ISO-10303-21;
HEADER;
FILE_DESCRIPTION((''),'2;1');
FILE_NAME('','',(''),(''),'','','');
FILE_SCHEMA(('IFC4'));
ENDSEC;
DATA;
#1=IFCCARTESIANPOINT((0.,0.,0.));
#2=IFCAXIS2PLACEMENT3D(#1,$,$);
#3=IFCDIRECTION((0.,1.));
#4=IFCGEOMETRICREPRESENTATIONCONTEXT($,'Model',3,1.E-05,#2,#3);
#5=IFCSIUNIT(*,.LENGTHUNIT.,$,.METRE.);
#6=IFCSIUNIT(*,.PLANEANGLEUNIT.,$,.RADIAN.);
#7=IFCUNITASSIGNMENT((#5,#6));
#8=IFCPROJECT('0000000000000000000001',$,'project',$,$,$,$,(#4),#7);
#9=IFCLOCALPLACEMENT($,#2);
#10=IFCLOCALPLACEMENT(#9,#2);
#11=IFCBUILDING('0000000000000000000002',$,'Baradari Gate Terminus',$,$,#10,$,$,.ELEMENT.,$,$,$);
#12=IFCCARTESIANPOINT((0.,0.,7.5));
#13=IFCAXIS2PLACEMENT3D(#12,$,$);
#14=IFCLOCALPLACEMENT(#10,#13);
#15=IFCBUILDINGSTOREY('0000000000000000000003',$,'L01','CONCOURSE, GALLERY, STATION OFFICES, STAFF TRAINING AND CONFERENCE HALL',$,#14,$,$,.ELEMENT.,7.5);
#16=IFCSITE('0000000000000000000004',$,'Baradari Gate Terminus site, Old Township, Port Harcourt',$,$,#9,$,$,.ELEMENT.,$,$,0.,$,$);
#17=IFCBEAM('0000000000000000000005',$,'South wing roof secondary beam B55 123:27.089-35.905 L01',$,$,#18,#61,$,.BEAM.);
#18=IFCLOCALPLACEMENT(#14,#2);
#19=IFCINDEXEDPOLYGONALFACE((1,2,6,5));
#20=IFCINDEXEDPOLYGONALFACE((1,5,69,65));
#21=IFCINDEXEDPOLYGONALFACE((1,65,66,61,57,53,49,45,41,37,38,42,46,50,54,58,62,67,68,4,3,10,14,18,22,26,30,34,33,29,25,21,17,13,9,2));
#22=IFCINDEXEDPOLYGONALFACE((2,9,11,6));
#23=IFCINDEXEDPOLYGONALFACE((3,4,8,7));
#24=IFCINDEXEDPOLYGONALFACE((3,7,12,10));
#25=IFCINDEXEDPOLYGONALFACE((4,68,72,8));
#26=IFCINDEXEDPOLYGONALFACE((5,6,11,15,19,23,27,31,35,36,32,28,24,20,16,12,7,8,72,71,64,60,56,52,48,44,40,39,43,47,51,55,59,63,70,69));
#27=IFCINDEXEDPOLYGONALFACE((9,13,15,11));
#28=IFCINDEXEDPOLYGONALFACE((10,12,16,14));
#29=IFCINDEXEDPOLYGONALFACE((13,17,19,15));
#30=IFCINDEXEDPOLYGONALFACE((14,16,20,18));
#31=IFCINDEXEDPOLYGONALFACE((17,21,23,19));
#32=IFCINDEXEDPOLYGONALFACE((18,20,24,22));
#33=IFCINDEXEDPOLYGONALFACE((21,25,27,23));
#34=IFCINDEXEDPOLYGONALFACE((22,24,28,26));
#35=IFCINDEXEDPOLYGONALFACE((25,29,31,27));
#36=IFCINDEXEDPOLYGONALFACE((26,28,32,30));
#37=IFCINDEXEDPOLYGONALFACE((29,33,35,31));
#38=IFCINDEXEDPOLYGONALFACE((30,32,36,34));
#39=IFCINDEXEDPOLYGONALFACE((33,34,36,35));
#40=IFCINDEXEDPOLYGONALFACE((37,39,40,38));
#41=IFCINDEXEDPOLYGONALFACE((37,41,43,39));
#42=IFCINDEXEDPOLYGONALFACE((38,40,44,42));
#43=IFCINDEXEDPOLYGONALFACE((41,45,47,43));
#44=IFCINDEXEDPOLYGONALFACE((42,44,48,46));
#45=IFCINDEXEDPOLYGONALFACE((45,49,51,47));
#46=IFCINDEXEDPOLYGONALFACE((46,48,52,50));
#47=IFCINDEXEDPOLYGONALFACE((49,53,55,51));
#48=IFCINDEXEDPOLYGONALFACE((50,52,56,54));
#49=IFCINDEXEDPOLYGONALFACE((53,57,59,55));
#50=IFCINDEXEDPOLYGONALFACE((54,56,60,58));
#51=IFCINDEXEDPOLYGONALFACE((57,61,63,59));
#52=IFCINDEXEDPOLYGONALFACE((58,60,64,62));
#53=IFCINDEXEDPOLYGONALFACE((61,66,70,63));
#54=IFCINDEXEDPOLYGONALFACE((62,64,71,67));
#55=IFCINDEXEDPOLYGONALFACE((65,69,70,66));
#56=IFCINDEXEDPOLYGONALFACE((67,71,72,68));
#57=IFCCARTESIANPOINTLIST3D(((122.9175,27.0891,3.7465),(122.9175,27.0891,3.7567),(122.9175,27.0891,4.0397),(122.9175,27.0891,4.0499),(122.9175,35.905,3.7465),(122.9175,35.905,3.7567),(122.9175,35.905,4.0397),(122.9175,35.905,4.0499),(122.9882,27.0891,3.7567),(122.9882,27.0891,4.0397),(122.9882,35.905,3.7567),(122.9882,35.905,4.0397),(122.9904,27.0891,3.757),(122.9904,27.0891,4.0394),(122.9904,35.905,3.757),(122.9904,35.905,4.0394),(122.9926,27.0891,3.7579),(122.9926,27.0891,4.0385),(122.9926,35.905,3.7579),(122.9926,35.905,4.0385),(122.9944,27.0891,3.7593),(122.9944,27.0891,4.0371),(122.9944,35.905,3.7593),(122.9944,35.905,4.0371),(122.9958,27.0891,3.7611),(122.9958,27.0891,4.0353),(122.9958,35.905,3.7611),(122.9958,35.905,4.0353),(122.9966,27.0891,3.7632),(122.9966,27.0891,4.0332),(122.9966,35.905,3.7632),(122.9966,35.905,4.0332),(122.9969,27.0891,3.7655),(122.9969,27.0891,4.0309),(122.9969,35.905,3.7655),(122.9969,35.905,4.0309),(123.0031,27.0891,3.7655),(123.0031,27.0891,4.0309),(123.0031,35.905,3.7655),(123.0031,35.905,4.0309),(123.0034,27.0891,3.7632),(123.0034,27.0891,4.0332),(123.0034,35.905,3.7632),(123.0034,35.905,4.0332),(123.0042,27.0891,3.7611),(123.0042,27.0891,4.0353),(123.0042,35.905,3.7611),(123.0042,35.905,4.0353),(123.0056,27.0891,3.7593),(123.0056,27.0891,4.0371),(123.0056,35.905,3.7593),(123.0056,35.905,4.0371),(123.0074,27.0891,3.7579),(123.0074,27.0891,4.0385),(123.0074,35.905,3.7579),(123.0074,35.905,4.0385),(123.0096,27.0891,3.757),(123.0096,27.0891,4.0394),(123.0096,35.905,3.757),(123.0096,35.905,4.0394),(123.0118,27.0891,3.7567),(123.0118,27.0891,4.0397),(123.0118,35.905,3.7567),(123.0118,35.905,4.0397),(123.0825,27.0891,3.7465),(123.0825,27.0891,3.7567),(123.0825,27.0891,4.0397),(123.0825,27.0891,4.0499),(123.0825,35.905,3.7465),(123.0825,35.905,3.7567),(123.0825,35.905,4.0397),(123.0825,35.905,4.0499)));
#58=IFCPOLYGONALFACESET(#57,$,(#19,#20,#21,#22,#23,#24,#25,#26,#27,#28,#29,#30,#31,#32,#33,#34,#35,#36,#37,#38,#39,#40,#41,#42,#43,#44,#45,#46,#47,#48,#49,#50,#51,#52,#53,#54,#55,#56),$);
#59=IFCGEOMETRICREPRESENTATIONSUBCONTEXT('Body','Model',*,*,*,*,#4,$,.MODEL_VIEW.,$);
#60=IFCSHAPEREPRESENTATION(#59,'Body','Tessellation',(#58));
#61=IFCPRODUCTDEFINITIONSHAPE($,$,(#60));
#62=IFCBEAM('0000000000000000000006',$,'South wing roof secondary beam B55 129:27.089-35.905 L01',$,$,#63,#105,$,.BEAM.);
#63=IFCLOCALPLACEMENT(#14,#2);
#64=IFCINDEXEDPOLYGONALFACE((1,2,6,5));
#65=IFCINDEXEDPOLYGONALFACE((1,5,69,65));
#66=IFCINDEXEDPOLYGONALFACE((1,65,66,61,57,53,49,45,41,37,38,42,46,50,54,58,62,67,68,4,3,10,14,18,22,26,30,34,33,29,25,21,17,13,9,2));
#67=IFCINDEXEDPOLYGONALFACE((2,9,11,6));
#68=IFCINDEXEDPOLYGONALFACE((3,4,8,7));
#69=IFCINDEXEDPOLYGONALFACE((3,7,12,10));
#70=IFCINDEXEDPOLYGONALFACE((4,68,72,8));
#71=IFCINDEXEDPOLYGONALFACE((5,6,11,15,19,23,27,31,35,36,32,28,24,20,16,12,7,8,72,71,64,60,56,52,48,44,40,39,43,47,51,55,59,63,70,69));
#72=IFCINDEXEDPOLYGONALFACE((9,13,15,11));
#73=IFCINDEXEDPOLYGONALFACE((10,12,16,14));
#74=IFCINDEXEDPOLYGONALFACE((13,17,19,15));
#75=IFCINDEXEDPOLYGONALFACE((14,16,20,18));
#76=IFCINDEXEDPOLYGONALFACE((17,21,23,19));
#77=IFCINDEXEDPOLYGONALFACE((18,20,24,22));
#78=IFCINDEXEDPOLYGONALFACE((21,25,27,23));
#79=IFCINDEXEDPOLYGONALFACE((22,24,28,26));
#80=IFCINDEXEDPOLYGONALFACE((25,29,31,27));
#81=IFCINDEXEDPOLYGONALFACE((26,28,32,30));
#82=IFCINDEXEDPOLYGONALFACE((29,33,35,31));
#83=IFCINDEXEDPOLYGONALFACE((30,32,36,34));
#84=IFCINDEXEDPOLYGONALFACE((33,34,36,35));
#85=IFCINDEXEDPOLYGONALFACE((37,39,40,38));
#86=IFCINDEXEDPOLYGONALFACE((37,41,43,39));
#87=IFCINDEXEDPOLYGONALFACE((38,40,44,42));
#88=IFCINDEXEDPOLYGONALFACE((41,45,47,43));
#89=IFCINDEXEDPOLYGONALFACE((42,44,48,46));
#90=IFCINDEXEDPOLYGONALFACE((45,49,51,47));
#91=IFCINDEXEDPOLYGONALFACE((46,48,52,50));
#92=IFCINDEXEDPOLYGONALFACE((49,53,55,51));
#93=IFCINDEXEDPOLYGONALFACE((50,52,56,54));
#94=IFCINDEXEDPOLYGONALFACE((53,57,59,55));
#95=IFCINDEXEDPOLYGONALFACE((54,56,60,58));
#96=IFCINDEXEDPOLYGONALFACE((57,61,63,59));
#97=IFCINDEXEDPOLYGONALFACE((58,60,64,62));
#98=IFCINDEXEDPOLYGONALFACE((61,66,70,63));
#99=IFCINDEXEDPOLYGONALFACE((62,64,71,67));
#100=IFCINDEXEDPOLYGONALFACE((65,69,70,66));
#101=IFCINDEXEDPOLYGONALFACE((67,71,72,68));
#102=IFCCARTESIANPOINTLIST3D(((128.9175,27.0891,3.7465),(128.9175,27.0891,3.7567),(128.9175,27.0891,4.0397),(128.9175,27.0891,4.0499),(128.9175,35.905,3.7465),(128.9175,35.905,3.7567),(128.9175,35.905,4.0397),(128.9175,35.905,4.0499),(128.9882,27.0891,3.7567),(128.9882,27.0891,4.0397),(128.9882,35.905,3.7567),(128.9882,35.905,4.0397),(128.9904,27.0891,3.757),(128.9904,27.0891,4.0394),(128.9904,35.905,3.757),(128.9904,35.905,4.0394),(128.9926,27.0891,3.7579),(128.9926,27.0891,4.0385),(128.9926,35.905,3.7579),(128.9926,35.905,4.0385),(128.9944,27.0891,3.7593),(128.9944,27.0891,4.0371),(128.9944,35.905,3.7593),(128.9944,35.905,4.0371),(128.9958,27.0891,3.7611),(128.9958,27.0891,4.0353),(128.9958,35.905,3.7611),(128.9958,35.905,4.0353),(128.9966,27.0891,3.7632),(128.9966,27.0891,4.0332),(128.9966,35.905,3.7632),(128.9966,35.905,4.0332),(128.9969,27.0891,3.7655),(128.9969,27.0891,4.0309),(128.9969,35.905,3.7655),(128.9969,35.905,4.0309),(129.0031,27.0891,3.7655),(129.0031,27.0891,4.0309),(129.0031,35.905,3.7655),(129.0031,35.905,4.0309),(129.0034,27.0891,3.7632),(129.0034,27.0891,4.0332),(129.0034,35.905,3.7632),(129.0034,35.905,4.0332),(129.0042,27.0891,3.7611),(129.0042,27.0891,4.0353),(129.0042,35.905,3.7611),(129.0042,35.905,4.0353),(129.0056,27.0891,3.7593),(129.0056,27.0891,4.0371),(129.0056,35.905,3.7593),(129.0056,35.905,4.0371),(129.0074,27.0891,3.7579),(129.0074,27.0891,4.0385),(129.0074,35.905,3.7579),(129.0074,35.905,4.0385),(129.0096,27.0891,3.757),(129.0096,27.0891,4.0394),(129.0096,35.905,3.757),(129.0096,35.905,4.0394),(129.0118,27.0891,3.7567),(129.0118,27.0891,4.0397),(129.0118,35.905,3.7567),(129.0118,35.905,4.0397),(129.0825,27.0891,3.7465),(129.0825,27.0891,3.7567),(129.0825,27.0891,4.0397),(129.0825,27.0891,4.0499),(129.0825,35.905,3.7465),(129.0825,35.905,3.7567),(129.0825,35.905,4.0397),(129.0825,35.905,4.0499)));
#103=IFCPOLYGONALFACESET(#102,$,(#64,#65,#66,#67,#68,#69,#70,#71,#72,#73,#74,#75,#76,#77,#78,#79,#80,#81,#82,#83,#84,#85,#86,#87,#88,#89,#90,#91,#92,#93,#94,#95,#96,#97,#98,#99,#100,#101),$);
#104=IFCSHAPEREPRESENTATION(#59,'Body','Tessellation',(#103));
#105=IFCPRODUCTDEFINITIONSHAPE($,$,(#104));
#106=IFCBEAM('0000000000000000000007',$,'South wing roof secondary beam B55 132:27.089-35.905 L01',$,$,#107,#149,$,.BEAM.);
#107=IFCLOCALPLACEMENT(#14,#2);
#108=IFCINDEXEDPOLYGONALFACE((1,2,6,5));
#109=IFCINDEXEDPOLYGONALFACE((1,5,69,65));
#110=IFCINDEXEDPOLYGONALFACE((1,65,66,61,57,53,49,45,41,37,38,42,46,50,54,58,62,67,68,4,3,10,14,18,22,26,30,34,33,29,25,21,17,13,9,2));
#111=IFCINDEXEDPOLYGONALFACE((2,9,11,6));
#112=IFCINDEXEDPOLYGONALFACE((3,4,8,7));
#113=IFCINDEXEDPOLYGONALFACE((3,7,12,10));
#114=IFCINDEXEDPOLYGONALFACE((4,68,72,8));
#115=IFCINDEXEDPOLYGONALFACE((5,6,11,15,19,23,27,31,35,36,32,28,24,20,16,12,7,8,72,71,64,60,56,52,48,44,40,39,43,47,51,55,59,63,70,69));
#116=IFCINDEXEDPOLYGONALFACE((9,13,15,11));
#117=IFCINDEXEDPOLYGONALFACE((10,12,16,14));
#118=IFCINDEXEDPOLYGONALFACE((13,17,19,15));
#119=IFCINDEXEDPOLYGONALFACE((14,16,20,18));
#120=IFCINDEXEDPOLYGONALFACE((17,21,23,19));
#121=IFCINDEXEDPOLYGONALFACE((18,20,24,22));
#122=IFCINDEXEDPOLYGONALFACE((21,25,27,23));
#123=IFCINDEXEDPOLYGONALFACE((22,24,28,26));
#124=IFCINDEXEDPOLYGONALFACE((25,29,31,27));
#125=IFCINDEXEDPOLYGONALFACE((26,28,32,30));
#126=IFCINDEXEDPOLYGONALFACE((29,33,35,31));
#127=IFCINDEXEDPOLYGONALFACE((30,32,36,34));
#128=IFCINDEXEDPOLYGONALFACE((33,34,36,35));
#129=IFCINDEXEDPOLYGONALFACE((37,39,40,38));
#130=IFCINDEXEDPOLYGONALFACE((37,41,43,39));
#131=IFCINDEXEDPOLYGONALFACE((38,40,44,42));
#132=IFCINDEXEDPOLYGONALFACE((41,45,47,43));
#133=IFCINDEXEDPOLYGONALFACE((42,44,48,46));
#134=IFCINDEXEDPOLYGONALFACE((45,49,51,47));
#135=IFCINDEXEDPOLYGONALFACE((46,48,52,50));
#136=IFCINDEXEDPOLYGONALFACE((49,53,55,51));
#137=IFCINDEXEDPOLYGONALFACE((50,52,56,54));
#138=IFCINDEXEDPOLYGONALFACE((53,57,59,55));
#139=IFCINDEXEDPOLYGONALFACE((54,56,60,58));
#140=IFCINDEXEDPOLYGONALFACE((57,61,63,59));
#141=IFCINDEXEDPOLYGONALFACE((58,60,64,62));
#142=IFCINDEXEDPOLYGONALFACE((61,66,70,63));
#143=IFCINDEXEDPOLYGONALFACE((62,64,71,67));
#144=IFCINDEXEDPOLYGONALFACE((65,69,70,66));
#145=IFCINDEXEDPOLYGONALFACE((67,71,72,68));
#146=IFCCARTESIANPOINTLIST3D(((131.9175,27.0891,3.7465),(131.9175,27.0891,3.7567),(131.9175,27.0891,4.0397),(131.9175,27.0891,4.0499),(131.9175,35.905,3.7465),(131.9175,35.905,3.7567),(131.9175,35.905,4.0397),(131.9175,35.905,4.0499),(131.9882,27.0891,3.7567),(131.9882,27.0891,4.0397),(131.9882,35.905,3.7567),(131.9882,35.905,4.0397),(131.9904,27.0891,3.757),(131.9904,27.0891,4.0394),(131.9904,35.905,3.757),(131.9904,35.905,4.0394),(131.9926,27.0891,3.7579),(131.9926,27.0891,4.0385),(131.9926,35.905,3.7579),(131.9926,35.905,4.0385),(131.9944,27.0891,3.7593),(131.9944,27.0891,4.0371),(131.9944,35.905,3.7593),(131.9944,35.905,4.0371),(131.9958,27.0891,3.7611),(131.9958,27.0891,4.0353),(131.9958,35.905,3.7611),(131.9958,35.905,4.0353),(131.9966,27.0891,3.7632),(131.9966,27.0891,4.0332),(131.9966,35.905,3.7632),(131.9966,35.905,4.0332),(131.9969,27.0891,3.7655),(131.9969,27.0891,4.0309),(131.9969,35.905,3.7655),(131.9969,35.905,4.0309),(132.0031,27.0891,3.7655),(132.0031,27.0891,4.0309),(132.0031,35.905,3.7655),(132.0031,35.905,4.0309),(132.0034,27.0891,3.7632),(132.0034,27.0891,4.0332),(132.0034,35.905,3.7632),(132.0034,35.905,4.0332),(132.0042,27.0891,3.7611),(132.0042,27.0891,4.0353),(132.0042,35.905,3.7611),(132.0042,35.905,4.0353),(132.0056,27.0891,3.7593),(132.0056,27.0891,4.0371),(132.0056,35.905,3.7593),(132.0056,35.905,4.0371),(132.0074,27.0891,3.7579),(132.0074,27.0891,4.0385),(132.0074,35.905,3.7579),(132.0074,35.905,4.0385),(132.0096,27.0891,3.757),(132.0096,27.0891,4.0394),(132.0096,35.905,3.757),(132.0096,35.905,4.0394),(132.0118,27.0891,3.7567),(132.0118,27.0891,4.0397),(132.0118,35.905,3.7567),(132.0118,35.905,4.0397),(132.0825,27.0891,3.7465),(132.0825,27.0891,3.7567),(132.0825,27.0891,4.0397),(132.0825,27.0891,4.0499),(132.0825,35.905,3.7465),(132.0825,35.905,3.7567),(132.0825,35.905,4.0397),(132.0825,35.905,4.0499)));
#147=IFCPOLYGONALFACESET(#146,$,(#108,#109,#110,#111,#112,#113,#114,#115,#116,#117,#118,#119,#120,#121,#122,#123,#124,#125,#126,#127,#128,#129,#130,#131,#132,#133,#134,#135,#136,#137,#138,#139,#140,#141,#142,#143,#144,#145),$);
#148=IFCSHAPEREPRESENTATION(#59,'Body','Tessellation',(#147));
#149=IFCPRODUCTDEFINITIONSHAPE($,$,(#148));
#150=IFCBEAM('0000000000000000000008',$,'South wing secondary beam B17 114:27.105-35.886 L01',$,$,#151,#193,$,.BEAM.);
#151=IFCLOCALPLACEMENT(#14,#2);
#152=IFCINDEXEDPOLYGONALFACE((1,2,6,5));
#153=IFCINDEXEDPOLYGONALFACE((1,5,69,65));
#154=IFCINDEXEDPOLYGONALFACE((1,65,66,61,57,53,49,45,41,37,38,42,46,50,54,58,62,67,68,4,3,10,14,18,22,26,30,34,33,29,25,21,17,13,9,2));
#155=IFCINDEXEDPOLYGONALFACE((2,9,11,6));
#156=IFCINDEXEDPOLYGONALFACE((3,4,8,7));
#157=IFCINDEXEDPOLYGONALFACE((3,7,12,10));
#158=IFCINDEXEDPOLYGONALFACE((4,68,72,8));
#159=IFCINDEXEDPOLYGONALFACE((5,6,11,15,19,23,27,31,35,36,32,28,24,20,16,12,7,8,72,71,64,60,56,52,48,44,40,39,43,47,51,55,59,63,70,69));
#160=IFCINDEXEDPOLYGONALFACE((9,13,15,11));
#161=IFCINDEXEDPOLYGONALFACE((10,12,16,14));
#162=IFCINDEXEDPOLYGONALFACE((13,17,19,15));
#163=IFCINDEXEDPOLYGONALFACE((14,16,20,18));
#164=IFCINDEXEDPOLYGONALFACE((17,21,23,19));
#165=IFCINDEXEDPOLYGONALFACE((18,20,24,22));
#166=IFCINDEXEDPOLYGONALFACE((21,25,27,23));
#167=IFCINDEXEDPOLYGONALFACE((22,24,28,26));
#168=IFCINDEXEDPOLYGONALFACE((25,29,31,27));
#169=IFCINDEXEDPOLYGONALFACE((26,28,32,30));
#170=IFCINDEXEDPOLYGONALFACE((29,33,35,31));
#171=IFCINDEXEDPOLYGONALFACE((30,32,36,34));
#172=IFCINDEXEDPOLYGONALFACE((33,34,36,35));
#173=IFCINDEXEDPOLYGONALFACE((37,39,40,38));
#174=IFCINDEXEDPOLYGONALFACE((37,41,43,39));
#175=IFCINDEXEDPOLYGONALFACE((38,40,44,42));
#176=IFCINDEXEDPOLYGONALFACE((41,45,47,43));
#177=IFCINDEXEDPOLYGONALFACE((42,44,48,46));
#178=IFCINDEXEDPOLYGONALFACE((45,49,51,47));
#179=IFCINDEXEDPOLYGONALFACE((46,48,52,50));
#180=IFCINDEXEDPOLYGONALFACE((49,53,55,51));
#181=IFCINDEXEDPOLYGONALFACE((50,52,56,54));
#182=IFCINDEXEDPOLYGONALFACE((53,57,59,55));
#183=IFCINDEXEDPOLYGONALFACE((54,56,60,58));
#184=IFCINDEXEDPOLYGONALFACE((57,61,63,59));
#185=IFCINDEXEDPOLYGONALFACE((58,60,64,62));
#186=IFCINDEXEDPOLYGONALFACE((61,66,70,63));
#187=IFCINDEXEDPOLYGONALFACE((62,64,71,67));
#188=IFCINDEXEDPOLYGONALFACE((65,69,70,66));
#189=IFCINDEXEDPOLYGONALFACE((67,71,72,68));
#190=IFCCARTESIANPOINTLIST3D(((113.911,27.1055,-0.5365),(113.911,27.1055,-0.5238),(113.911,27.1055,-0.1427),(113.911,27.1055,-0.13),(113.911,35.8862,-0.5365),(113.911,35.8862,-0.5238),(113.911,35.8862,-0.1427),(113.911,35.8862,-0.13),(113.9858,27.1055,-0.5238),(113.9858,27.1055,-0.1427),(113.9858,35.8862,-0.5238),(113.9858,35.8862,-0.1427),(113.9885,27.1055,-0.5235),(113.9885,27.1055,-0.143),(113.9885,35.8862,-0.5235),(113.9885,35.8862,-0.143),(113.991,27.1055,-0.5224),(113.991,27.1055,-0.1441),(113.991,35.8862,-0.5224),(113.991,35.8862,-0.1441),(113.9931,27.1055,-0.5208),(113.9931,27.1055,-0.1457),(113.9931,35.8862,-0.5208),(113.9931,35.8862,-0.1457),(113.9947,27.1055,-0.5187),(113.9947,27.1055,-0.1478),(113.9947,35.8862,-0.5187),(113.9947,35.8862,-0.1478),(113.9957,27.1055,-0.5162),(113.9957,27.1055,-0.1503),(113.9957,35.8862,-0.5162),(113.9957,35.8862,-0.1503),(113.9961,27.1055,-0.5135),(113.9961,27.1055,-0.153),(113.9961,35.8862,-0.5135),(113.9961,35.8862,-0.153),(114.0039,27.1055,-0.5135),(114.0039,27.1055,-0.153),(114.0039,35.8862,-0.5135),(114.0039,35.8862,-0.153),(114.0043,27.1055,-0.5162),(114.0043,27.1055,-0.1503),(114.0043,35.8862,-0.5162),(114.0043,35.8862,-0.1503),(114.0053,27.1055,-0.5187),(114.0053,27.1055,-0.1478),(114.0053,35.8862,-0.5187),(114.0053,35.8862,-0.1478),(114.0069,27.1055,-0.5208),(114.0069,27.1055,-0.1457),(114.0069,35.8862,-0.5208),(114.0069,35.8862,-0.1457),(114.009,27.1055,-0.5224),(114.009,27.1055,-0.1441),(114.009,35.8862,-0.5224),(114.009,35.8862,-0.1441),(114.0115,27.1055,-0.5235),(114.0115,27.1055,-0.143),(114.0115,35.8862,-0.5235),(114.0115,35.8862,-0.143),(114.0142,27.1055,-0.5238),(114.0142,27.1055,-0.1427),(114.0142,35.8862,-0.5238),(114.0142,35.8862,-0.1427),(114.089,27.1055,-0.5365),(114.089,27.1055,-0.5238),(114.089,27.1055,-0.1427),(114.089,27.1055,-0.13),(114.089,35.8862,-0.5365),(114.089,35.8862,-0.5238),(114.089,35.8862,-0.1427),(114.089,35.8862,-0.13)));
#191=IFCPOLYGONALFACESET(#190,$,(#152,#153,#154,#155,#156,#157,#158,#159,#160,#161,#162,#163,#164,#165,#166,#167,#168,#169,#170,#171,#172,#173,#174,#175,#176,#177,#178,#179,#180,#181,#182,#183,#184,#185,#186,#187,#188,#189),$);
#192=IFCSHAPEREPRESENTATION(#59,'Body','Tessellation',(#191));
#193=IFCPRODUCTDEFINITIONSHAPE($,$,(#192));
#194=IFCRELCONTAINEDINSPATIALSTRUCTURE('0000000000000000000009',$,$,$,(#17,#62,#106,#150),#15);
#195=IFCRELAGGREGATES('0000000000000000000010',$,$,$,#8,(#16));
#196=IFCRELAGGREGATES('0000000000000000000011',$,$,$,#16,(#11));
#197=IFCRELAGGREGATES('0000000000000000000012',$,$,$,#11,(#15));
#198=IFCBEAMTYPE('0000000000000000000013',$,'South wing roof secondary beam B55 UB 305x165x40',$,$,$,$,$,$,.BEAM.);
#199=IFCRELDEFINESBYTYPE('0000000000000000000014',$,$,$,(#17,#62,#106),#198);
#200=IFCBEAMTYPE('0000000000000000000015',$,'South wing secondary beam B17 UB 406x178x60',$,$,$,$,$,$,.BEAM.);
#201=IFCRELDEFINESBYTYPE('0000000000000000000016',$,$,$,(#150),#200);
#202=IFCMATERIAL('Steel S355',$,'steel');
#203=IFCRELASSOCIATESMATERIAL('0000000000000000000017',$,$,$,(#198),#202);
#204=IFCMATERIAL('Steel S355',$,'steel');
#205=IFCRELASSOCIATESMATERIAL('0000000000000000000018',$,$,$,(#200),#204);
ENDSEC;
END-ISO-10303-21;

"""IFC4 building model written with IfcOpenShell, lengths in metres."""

from ifc_helpers import new_model, si_unit, direction, frame, origin, origin_2d, place, context, subcontext, project, spatial, i_section, extrude, material, material_profile, profile_set, type_object, element, save


model = new_model("IFC4")

# Units and contexts
model_context = context("Model", 3, precision=1e-05, world=origin(), true_north=direction((0.0, 1.0)))
body_context = subcontext(model_context, "Body", "Model", "MODEL_VIEW")
ifc_project = project(units=[si_unit("LENGTHUNIT", "METRE"), si_unit("PLANEANGLEUNIT", "RADIAN")], contexts=[model_context])

# Site, building, storey
site_placement = place(None, origin())
site = spatial("IfcSite", under=ifc_project, at=site_placement, Name="Baradari Gate Terminus site, Old Township, Port Harcourt", CompositionType="ELEMENT", RefElevation=0.0)
building_placement = place(site_placement, origin())
building = spatial("IfcBuilding", under=site, at=building_placement, Name="Baradari Gate Terminus", CompositionType="ELEMENT")
storey_placement = place(building_placement, frame((0.0, 0.0, 7.5)))
storey = spatial("IfcBuildingStorey", under=building, at=storey_placement, Name="L01", Description="CONCOURSE, GALLERY, STATION OFFICES, STAFF TRAINING AND CONFERENCE HALL", CompositionType="ELEMENT", Elevation=7.5)

# Beams
ifc_material_1 = material(Name="Steel S355", Category="steel")
ifc_material_profile_1 = material_profile(ifc_material_1, i_section(OverallWidth=0.165, OverallDepth=0.3035, WebThickness=0.0061, FlangeThickness=0.0103, FilletRadius=0.0088, at=origin_2d()), Name="UB 305x165x40")
ifc_profile_set_1 = profile_set([ifc_material_profile_1], Name="Steel S355")
beam_type_1 = type_object("IfcBeamType", Name="South wing roof secondary beam B55 UB 305x165x40", PredefinedType="BEAM", material=ifc_profile_set_1)
for number, where, z_axis, x_axis, name in (
    (1, (123.0, 27.0891, 3.8982), (0.0, 1.0, 0.0), (-1.0, 0.0, 0.0), "South wing roof secondary beam B55 123:27.089-35.905 L01"),
    (2, (129.0, 27.0891, 3.8982), (0.0, 1.0, 0.0), (-1.0, 0.0, 0.0), "South wing roof secondary beam B55 129:27.089-35.905 L01"),
    (3, (132.0, 27.0891, 3.8982), (0.0, 1.0, 0.0), (-1.0, 0.0, 0.0), "South wing roof secondary beam B55 132:27.089-35.905 L01"),
):
    element("IfcBeam", number, at=place(storey_placement, frame(where, z_axis=z_axis, x_axis=x_axis)), inside=storey, type_object=beam_type_1, Name=name, PredefinedType="BEAM", context=body_context, shape_type="SweptSolid", body=[
        extrude(i_section(OverallWidth=0.165, OverallDepth=0.3035, WebThickness=0.0061, FlangeThickness=0.0103, FilletRadius=0.0088, at=origin_2d()), origin(), (0.0, 0.0, 1.0), 8.8159),
    ])
ifc_material_2 = material(Name="Steel S355", Category="steel")
ifc_material_profile_2 = material_profile(ifc_material_2, i_section(OverallWidth=0.178, OverallDepth=0.4065, WebThickness=0.0078, FlangeThickness=0.0127, FilletRadius=0.0103, at=origin_2d()), Name="UB 406x178x60")
ifc_profile_set_2 = profile_set([ifc_material_profile_2], Name="Steel S355")
beam_type_2 = type_object("IfcBeamType", Name="South wing secondary beam B17 UB 406x178x60", PredefinedType="BEAM", material=ifc_profile_set_2)
for number, where, z_axis, x_axis, name in (
    (4, (114.0, 27.1055, -0.3333), (0.0, 1.0, 0.0), (-1.0, 0.0, 0.0), "South wing secondary beam B17 114:27.105-35.886 L01"),
):
    element("IfcBeam", number, at=place(storey_placement, frame(where, z_axis=z_axis, x_axis=x_axis)), inside=storey, type_object=beam_type_2, Name=name, PredefinedType="BEAM", context=body_context, shape_type="SweptSolid", body=[
        extrude(i_section(OverallWidth=0.178, OverallDepth=0.4065, WebThickness=0.0078, FlangeThickness=0.0127, FilletRadius=0.0103, at=origin_2d()), origin(), (0.0, 0.0, 1.0), 8.7808),
    ])

save(model, "model.ifc")
